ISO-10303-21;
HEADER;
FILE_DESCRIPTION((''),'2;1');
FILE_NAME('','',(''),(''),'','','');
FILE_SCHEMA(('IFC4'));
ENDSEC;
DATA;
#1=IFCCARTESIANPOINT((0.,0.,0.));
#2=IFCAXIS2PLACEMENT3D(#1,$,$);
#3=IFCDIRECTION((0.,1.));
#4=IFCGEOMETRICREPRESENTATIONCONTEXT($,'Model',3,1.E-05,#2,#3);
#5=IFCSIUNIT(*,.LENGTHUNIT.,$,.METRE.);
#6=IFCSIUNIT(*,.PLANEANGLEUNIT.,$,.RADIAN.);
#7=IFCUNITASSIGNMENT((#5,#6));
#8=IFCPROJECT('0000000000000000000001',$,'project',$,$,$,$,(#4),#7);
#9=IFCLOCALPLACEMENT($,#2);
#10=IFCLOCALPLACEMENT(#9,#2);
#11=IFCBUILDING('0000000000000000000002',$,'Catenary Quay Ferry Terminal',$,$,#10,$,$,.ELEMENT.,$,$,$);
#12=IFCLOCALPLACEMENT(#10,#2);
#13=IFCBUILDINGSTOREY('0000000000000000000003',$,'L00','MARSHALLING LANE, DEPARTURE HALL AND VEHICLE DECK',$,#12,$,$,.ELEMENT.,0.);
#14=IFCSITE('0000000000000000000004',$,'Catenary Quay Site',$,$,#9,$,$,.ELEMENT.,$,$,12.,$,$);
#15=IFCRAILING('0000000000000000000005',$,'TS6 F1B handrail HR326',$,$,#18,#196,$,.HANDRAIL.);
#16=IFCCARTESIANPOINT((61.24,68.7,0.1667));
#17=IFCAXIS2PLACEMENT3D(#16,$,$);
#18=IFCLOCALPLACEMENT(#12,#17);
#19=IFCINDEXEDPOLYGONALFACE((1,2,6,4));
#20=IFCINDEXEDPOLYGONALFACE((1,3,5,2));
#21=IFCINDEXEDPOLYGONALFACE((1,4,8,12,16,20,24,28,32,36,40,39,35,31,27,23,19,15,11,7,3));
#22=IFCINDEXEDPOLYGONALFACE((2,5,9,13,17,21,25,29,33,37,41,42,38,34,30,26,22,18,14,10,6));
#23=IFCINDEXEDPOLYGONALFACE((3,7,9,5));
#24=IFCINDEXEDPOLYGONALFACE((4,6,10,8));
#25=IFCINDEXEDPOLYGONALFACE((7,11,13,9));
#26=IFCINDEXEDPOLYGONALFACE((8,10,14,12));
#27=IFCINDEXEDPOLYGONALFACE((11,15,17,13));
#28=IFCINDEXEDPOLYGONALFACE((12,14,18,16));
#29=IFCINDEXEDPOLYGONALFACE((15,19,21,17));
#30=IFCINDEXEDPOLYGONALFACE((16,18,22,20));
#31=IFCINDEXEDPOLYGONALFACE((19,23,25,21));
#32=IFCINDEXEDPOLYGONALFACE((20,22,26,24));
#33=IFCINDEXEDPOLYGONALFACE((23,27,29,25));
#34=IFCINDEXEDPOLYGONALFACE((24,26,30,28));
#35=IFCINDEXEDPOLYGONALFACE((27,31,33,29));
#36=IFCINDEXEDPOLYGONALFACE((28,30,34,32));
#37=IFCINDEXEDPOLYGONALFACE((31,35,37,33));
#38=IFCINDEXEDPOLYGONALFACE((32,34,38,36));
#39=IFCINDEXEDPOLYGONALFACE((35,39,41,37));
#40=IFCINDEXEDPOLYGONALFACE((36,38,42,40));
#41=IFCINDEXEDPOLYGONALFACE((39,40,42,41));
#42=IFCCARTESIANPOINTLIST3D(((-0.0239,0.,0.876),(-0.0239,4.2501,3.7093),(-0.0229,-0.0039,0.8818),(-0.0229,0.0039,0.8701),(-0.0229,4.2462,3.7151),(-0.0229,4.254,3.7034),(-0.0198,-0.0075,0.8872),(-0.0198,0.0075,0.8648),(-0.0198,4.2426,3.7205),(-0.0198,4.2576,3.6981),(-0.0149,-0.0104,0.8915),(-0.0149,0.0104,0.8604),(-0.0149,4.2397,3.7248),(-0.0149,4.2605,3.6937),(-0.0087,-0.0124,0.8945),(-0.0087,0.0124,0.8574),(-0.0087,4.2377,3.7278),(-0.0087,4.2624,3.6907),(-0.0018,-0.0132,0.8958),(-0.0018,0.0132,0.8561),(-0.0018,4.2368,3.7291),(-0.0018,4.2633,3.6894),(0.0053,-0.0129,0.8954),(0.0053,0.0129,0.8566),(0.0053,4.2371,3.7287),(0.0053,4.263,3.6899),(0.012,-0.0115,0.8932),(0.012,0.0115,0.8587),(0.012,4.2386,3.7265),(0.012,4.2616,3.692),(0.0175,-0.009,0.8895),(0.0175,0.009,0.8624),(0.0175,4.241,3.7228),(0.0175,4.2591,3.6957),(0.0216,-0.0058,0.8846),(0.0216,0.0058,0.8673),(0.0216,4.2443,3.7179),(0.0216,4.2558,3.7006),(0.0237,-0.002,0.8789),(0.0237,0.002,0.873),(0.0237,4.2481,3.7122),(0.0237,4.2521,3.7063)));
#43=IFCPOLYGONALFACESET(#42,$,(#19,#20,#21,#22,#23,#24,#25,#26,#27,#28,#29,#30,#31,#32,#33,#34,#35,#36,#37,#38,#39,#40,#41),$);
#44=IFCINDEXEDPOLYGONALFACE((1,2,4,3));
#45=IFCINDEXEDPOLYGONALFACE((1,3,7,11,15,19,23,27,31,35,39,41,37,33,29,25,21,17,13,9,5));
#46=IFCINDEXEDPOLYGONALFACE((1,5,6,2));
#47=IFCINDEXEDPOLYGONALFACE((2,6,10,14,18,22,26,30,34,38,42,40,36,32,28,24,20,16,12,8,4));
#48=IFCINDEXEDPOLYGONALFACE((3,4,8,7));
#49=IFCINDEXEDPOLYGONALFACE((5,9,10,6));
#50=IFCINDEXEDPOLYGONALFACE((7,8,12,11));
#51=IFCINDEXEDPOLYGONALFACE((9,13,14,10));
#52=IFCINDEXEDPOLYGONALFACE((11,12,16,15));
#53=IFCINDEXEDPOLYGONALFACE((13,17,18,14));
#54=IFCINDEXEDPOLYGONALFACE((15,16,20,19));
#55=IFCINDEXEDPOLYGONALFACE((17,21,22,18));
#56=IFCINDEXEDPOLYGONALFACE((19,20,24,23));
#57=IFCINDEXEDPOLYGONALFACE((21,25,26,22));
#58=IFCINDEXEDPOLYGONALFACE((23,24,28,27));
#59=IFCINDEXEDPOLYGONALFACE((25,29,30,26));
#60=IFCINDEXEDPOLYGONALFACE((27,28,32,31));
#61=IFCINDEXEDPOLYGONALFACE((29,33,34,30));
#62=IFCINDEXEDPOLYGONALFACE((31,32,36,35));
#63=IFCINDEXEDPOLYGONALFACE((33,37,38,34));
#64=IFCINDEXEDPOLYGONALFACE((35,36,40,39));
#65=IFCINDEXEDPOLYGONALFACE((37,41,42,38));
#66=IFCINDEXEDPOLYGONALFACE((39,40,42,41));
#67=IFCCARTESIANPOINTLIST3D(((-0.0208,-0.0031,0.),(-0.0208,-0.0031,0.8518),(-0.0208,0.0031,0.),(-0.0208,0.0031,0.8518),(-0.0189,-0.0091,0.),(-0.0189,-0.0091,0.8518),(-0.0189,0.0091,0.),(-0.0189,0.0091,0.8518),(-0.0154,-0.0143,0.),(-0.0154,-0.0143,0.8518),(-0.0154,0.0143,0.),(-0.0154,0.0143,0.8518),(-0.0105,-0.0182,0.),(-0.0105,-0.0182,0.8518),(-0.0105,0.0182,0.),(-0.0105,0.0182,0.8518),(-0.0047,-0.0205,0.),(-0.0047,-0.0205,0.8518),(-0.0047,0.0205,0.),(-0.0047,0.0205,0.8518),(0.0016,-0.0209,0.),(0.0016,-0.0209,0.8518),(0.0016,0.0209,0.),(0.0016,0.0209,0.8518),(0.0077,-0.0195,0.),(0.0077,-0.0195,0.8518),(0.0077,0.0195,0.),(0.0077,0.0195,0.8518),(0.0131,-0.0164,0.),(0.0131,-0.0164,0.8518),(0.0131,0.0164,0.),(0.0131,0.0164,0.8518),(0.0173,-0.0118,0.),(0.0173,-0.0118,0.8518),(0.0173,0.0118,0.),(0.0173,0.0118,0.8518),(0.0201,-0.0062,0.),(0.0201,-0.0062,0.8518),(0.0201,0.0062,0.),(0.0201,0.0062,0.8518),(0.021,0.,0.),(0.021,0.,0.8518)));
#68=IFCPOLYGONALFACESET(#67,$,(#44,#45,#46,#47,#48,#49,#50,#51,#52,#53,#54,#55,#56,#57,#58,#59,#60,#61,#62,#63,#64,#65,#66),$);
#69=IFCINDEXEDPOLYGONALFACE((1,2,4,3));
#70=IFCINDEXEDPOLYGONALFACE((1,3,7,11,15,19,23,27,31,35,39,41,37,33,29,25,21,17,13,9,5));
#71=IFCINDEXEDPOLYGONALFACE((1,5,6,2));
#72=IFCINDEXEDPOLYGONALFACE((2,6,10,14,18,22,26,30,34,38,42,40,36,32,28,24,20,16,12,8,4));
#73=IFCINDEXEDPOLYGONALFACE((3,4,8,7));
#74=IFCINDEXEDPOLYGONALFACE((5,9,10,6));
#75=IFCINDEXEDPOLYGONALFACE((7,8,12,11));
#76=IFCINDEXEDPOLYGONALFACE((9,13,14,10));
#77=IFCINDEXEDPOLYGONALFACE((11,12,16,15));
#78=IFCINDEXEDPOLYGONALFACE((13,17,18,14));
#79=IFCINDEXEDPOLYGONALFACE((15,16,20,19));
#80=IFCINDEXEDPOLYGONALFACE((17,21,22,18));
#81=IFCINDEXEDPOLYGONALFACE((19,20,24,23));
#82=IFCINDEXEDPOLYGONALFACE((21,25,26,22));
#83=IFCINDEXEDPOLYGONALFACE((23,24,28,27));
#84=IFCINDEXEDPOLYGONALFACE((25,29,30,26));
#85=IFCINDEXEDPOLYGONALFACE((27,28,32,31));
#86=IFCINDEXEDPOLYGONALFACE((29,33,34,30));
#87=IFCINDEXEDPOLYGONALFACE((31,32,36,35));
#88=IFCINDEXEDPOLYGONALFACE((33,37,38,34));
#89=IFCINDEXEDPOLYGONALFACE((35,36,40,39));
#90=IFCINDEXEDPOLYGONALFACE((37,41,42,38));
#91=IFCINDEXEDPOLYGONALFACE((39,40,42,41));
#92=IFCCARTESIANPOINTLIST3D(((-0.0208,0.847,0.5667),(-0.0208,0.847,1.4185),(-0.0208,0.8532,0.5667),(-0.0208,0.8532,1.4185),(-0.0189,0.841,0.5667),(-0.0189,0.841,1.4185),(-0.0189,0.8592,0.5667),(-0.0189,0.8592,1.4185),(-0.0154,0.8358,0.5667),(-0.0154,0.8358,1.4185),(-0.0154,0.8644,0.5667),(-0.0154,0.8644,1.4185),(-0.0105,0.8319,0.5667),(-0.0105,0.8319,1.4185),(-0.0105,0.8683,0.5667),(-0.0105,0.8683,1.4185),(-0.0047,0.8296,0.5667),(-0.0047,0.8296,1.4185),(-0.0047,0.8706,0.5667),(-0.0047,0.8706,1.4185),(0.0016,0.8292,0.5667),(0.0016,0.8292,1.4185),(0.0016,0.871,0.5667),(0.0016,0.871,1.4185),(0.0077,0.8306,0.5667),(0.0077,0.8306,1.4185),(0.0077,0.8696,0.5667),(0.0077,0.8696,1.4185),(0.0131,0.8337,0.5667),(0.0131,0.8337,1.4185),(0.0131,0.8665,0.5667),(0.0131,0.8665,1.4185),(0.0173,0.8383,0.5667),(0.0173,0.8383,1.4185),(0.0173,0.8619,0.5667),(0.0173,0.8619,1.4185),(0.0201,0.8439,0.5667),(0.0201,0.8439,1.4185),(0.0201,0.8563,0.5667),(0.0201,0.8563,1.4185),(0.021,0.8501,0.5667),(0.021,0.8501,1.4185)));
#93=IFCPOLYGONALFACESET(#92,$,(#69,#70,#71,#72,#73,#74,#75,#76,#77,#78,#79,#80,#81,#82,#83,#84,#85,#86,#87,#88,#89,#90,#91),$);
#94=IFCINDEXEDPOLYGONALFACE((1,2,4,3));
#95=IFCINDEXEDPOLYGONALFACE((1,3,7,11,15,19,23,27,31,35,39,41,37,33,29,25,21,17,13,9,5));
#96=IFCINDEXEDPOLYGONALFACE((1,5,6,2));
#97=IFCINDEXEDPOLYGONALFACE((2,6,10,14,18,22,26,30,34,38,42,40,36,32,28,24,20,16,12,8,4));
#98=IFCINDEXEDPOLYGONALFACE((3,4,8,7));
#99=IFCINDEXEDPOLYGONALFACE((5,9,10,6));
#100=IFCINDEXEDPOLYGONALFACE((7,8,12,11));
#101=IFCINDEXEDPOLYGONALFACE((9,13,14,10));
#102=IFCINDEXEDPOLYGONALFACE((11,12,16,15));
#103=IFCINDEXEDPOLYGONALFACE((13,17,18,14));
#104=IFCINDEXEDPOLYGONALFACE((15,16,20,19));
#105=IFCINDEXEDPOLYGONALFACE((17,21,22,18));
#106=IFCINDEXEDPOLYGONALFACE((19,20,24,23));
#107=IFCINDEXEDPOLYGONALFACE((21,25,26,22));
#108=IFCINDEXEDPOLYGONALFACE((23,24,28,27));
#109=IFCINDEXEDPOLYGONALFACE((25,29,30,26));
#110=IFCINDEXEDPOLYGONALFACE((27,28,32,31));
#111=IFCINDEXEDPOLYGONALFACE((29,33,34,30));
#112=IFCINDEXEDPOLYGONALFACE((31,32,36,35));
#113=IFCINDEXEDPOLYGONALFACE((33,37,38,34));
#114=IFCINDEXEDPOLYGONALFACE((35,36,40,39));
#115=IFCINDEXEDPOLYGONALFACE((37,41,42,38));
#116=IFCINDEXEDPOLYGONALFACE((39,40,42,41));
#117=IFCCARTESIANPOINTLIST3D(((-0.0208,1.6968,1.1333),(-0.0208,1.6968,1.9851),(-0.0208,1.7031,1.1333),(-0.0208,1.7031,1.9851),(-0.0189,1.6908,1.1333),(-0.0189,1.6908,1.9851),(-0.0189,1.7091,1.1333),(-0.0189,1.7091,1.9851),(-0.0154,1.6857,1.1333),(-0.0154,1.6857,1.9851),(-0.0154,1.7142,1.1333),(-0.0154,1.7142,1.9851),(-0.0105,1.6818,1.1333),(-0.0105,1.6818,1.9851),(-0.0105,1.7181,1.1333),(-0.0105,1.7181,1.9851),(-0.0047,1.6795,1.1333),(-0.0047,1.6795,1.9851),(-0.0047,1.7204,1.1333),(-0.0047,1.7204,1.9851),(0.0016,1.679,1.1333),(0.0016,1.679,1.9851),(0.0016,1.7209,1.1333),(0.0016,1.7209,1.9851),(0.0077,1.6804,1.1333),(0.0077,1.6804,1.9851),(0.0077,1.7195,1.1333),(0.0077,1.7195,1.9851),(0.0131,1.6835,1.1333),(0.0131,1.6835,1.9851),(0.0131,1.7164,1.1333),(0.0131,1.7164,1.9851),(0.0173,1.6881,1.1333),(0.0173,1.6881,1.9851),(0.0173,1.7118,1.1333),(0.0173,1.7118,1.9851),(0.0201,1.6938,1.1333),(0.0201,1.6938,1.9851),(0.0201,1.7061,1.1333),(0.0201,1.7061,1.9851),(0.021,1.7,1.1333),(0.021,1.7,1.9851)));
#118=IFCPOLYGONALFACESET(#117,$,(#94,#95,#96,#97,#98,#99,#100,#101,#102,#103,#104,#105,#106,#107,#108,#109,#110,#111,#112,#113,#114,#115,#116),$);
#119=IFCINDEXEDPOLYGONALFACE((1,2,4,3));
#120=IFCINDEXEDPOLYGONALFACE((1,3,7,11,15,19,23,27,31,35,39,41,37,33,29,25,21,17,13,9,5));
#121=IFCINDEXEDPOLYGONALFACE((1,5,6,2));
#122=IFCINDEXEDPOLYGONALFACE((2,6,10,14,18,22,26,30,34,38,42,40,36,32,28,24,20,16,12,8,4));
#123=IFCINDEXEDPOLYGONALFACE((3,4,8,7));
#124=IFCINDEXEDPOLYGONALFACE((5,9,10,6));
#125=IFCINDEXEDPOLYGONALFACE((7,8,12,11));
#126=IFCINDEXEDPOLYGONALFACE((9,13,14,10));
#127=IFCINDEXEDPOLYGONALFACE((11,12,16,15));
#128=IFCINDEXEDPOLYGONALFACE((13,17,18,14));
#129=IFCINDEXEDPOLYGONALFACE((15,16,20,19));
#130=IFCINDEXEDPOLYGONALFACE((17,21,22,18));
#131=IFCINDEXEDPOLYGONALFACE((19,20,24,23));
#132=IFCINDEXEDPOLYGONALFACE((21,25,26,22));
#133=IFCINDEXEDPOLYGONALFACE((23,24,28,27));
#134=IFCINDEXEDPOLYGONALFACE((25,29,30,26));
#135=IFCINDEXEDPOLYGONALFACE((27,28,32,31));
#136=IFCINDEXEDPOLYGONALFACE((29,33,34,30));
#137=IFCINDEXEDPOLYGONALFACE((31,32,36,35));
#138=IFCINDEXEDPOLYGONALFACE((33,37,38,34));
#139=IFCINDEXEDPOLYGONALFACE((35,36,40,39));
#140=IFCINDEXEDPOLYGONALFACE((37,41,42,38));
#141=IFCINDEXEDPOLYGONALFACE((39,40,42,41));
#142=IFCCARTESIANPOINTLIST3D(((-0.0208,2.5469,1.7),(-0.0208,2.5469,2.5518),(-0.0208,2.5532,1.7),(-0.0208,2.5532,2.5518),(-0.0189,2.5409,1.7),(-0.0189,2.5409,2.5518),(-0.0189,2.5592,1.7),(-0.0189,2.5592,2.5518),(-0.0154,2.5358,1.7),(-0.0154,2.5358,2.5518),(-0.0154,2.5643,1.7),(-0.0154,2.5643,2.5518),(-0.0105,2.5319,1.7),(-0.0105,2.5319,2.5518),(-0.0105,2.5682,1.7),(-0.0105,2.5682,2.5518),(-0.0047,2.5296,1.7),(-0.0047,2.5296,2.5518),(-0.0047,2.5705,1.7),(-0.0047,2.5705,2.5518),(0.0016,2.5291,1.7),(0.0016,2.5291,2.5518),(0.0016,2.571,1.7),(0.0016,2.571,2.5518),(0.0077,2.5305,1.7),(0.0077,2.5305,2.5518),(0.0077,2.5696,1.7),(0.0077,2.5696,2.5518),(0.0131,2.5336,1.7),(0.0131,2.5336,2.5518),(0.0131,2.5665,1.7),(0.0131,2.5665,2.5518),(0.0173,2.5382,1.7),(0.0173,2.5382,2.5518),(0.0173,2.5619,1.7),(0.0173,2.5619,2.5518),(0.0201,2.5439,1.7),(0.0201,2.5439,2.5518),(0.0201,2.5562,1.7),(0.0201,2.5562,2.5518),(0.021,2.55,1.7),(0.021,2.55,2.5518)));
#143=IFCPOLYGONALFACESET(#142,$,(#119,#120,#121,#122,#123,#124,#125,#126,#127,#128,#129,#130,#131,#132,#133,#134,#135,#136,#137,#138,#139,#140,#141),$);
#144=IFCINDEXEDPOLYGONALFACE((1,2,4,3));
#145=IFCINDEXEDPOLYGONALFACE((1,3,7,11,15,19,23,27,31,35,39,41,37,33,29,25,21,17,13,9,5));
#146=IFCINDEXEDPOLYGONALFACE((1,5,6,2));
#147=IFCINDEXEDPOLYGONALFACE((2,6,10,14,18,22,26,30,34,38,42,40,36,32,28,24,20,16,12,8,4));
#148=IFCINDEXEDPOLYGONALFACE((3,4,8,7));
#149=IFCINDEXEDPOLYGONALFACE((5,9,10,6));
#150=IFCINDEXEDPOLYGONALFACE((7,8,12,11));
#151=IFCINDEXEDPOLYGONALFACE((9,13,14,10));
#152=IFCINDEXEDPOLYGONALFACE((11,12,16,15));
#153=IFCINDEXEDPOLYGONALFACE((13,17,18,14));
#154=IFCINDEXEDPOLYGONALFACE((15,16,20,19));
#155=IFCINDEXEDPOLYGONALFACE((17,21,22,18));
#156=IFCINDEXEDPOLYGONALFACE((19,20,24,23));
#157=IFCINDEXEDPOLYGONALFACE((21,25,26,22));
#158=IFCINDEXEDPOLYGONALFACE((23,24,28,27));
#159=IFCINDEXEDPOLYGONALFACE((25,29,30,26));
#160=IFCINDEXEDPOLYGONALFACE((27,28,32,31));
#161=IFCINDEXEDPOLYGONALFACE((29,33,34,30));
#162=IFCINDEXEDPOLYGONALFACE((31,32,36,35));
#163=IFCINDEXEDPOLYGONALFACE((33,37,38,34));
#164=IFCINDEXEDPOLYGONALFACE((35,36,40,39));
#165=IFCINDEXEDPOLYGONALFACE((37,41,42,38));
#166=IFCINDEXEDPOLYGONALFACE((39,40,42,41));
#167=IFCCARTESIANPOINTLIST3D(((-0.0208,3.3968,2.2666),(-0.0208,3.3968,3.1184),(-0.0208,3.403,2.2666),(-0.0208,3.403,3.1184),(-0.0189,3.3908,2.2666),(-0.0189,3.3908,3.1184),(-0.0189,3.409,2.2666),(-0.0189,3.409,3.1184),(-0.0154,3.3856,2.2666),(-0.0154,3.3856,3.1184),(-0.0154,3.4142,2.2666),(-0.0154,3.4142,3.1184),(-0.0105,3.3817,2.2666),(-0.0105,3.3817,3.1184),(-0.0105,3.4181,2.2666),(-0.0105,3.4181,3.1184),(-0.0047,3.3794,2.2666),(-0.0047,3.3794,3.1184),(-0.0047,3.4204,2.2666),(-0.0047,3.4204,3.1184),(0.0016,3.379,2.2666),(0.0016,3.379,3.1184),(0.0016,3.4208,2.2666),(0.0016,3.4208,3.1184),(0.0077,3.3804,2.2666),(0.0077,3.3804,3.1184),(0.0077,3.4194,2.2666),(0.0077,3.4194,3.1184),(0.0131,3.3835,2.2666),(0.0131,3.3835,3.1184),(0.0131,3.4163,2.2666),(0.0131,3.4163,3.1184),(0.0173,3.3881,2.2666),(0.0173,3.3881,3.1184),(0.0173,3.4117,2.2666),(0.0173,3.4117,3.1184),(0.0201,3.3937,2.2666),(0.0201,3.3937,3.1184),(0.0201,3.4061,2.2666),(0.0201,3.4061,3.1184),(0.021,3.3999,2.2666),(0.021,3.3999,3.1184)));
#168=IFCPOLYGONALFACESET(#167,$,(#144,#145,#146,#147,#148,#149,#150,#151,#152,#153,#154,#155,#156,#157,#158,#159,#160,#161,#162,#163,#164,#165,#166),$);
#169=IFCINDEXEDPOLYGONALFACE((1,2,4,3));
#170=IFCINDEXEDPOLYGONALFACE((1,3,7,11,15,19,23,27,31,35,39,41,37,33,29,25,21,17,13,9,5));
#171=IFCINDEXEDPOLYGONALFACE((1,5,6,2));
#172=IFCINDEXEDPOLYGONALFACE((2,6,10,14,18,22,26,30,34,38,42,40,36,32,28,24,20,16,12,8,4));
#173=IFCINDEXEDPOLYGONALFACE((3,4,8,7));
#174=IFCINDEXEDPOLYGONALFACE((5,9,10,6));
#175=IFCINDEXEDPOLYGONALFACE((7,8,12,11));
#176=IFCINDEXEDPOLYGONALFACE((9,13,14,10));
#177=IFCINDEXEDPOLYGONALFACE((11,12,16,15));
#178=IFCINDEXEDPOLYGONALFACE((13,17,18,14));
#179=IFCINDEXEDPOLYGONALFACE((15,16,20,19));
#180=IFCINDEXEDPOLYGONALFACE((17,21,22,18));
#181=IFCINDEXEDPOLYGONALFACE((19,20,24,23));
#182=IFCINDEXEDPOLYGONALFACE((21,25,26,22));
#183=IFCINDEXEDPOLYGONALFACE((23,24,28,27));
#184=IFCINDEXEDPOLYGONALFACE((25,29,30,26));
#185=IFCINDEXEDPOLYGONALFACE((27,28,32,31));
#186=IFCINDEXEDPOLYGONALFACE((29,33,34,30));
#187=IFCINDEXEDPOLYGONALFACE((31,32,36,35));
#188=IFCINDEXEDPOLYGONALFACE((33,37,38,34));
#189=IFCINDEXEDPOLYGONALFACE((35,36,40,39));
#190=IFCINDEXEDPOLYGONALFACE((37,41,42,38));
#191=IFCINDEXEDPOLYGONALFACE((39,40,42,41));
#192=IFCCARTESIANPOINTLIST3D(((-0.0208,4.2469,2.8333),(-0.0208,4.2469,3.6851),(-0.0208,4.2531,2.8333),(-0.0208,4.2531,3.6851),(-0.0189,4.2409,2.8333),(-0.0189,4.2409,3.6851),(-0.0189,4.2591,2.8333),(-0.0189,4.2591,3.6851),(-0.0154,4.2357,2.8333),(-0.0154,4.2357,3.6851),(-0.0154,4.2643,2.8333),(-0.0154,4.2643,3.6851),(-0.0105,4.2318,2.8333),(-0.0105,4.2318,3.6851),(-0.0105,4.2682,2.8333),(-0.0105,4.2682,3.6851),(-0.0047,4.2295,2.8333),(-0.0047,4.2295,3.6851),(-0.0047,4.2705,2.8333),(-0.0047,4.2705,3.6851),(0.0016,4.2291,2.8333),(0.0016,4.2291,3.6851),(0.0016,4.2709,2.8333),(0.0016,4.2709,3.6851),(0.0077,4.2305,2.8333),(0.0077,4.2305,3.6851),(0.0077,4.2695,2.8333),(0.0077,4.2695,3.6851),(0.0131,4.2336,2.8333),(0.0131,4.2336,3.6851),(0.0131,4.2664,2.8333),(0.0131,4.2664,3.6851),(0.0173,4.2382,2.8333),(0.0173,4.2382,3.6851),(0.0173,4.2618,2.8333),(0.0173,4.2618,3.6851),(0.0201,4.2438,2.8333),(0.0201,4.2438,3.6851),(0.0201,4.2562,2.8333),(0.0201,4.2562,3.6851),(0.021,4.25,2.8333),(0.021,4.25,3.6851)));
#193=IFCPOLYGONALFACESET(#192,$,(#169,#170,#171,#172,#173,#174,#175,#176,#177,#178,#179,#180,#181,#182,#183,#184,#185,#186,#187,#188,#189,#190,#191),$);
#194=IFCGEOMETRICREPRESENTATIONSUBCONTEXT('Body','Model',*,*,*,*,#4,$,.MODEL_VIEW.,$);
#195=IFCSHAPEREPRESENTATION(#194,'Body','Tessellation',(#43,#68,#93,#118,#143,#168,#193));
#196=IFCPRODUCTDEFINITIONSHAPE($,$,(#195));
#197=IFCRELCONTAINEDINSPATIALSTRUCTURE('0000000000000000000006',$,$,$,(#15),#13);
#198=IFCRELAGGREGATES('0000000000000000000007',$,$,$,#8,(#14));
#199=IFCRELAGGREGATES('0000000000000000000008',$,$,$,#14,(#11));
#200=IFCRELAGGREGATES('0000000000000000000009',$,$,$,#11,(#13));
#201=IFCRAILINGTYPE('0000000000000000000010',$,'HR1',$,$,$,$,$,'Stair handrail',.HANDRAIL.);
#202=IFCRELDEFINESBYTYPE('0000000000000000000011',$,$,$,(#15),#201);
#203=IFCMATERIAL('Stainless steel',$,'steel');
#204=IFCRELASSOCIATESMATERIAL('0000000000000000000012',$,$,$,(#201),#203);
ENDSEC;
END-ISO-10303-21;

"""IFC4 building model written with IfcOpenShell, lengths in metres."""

from ifc_helpers import new_model, si_unit, direction, frame, origin, origin_2d, place, context, subcontext, project, spatial, circle, extrude, material, type_object, element, save


model = new_model("IFC4")

# Units and contexts
model_context = context("Model", 3, precision=1e-05, world=origin(), true_north=direction((0.0, 1.0)))
body_context = subcontext(model_context, "Body", "Model", "MODEL_VIEW")
ifc_project = project(units=[si_unit("LENGTHUNIT", "METRE"), si_unit("PLANEANGLEUNIT", "RADIAN")], contexts=[model_context])

# Site, building, storey
site_placement = place(None, origin())
site = spatial("IfcSite", under=ifc_project, at=site_placement, Name="Catenary Quay Site", CompositionType="ELEMENT", RefElevation=12.0)
building_placement = place(site_placement, origin())
building = spatial("IfcBuilding", under=site, at=building_placement, Name="Catenary Quay Ferry Terminal", CompositionType="ELEMENT")
storey_placement = place(building_placement, origin())
storey = spatial("IfcBuildingStorey", under=building, at=storey_placement, Name="L00", Description="MARSHALLING LANE, DEPARTURE HALL AND VEHICLE DECK", CompositionType="ELEMENT", Elevation=0.0)

# Railing
ifc_material_1 = material(Name="Stainless steel", Category="steel")
railing_type_1 = type_object("IfcRailingType", Name="HR1", ElementType="Stair handrail", PredefinedType="HANDRAIL", material=ifc_material_1)
for number, where, name in (
    (1, (61.24, 68.7, 0.1667), "TS6 F1B handrail HR326"),
):
    element("IfcRailing", number, at=place(storey_placement, frame(where)), inside=storey, type_object=railing_type_1, Name=name, PredefinedType="HANDRAIL", context=body_context, shape_type="SweptSolid", body=[
        extrude(circle(Radius=0.0239, at=origin_2d()), frame((0.0, 0.0, 0.876), z_axis=(0.0, 0.832058, 0.554689), x_axis=(-1.0, 0.0, 0.0)), (0.0, 0.0, 1.0), 5.1079),
        extrude(circle(Radius=0.021, at=origin_2d()), origin(), (0.0, 0.0, 1.0), 0.8518),
        extrude(circle(Radius=0.021, at=origin_2d()), frame((0.0, 0.8501, 0.5667)), (0.0, 0.0, 1.0), 0.8518),
        extrude(circle(Radius=0.021, at=origin_2d()), frame((0.0, 1.7, 1.1333)), (0.0, 0.0, 1.0), 0.8518),
        extrude(circle(Radius=0.021, at=origin_2d()), frame((0.0, 2.55, 1.7)), (0.0, 0.0, 1.0), 0.8518),
        extrude(circle(Radius=0.021, at=origin_2d()), frame((0.0, 3.3999, 2.2666)), (0.0, 0.0, 1.0), 0.8518),
        extrude(circle(Radius=0.021, at=origin_2d()), frame((0.0, 4.25, 2.8333)), (0.0, 0.0, 1.0), 0.8518),
    ])

save(model, "model.ifc")
